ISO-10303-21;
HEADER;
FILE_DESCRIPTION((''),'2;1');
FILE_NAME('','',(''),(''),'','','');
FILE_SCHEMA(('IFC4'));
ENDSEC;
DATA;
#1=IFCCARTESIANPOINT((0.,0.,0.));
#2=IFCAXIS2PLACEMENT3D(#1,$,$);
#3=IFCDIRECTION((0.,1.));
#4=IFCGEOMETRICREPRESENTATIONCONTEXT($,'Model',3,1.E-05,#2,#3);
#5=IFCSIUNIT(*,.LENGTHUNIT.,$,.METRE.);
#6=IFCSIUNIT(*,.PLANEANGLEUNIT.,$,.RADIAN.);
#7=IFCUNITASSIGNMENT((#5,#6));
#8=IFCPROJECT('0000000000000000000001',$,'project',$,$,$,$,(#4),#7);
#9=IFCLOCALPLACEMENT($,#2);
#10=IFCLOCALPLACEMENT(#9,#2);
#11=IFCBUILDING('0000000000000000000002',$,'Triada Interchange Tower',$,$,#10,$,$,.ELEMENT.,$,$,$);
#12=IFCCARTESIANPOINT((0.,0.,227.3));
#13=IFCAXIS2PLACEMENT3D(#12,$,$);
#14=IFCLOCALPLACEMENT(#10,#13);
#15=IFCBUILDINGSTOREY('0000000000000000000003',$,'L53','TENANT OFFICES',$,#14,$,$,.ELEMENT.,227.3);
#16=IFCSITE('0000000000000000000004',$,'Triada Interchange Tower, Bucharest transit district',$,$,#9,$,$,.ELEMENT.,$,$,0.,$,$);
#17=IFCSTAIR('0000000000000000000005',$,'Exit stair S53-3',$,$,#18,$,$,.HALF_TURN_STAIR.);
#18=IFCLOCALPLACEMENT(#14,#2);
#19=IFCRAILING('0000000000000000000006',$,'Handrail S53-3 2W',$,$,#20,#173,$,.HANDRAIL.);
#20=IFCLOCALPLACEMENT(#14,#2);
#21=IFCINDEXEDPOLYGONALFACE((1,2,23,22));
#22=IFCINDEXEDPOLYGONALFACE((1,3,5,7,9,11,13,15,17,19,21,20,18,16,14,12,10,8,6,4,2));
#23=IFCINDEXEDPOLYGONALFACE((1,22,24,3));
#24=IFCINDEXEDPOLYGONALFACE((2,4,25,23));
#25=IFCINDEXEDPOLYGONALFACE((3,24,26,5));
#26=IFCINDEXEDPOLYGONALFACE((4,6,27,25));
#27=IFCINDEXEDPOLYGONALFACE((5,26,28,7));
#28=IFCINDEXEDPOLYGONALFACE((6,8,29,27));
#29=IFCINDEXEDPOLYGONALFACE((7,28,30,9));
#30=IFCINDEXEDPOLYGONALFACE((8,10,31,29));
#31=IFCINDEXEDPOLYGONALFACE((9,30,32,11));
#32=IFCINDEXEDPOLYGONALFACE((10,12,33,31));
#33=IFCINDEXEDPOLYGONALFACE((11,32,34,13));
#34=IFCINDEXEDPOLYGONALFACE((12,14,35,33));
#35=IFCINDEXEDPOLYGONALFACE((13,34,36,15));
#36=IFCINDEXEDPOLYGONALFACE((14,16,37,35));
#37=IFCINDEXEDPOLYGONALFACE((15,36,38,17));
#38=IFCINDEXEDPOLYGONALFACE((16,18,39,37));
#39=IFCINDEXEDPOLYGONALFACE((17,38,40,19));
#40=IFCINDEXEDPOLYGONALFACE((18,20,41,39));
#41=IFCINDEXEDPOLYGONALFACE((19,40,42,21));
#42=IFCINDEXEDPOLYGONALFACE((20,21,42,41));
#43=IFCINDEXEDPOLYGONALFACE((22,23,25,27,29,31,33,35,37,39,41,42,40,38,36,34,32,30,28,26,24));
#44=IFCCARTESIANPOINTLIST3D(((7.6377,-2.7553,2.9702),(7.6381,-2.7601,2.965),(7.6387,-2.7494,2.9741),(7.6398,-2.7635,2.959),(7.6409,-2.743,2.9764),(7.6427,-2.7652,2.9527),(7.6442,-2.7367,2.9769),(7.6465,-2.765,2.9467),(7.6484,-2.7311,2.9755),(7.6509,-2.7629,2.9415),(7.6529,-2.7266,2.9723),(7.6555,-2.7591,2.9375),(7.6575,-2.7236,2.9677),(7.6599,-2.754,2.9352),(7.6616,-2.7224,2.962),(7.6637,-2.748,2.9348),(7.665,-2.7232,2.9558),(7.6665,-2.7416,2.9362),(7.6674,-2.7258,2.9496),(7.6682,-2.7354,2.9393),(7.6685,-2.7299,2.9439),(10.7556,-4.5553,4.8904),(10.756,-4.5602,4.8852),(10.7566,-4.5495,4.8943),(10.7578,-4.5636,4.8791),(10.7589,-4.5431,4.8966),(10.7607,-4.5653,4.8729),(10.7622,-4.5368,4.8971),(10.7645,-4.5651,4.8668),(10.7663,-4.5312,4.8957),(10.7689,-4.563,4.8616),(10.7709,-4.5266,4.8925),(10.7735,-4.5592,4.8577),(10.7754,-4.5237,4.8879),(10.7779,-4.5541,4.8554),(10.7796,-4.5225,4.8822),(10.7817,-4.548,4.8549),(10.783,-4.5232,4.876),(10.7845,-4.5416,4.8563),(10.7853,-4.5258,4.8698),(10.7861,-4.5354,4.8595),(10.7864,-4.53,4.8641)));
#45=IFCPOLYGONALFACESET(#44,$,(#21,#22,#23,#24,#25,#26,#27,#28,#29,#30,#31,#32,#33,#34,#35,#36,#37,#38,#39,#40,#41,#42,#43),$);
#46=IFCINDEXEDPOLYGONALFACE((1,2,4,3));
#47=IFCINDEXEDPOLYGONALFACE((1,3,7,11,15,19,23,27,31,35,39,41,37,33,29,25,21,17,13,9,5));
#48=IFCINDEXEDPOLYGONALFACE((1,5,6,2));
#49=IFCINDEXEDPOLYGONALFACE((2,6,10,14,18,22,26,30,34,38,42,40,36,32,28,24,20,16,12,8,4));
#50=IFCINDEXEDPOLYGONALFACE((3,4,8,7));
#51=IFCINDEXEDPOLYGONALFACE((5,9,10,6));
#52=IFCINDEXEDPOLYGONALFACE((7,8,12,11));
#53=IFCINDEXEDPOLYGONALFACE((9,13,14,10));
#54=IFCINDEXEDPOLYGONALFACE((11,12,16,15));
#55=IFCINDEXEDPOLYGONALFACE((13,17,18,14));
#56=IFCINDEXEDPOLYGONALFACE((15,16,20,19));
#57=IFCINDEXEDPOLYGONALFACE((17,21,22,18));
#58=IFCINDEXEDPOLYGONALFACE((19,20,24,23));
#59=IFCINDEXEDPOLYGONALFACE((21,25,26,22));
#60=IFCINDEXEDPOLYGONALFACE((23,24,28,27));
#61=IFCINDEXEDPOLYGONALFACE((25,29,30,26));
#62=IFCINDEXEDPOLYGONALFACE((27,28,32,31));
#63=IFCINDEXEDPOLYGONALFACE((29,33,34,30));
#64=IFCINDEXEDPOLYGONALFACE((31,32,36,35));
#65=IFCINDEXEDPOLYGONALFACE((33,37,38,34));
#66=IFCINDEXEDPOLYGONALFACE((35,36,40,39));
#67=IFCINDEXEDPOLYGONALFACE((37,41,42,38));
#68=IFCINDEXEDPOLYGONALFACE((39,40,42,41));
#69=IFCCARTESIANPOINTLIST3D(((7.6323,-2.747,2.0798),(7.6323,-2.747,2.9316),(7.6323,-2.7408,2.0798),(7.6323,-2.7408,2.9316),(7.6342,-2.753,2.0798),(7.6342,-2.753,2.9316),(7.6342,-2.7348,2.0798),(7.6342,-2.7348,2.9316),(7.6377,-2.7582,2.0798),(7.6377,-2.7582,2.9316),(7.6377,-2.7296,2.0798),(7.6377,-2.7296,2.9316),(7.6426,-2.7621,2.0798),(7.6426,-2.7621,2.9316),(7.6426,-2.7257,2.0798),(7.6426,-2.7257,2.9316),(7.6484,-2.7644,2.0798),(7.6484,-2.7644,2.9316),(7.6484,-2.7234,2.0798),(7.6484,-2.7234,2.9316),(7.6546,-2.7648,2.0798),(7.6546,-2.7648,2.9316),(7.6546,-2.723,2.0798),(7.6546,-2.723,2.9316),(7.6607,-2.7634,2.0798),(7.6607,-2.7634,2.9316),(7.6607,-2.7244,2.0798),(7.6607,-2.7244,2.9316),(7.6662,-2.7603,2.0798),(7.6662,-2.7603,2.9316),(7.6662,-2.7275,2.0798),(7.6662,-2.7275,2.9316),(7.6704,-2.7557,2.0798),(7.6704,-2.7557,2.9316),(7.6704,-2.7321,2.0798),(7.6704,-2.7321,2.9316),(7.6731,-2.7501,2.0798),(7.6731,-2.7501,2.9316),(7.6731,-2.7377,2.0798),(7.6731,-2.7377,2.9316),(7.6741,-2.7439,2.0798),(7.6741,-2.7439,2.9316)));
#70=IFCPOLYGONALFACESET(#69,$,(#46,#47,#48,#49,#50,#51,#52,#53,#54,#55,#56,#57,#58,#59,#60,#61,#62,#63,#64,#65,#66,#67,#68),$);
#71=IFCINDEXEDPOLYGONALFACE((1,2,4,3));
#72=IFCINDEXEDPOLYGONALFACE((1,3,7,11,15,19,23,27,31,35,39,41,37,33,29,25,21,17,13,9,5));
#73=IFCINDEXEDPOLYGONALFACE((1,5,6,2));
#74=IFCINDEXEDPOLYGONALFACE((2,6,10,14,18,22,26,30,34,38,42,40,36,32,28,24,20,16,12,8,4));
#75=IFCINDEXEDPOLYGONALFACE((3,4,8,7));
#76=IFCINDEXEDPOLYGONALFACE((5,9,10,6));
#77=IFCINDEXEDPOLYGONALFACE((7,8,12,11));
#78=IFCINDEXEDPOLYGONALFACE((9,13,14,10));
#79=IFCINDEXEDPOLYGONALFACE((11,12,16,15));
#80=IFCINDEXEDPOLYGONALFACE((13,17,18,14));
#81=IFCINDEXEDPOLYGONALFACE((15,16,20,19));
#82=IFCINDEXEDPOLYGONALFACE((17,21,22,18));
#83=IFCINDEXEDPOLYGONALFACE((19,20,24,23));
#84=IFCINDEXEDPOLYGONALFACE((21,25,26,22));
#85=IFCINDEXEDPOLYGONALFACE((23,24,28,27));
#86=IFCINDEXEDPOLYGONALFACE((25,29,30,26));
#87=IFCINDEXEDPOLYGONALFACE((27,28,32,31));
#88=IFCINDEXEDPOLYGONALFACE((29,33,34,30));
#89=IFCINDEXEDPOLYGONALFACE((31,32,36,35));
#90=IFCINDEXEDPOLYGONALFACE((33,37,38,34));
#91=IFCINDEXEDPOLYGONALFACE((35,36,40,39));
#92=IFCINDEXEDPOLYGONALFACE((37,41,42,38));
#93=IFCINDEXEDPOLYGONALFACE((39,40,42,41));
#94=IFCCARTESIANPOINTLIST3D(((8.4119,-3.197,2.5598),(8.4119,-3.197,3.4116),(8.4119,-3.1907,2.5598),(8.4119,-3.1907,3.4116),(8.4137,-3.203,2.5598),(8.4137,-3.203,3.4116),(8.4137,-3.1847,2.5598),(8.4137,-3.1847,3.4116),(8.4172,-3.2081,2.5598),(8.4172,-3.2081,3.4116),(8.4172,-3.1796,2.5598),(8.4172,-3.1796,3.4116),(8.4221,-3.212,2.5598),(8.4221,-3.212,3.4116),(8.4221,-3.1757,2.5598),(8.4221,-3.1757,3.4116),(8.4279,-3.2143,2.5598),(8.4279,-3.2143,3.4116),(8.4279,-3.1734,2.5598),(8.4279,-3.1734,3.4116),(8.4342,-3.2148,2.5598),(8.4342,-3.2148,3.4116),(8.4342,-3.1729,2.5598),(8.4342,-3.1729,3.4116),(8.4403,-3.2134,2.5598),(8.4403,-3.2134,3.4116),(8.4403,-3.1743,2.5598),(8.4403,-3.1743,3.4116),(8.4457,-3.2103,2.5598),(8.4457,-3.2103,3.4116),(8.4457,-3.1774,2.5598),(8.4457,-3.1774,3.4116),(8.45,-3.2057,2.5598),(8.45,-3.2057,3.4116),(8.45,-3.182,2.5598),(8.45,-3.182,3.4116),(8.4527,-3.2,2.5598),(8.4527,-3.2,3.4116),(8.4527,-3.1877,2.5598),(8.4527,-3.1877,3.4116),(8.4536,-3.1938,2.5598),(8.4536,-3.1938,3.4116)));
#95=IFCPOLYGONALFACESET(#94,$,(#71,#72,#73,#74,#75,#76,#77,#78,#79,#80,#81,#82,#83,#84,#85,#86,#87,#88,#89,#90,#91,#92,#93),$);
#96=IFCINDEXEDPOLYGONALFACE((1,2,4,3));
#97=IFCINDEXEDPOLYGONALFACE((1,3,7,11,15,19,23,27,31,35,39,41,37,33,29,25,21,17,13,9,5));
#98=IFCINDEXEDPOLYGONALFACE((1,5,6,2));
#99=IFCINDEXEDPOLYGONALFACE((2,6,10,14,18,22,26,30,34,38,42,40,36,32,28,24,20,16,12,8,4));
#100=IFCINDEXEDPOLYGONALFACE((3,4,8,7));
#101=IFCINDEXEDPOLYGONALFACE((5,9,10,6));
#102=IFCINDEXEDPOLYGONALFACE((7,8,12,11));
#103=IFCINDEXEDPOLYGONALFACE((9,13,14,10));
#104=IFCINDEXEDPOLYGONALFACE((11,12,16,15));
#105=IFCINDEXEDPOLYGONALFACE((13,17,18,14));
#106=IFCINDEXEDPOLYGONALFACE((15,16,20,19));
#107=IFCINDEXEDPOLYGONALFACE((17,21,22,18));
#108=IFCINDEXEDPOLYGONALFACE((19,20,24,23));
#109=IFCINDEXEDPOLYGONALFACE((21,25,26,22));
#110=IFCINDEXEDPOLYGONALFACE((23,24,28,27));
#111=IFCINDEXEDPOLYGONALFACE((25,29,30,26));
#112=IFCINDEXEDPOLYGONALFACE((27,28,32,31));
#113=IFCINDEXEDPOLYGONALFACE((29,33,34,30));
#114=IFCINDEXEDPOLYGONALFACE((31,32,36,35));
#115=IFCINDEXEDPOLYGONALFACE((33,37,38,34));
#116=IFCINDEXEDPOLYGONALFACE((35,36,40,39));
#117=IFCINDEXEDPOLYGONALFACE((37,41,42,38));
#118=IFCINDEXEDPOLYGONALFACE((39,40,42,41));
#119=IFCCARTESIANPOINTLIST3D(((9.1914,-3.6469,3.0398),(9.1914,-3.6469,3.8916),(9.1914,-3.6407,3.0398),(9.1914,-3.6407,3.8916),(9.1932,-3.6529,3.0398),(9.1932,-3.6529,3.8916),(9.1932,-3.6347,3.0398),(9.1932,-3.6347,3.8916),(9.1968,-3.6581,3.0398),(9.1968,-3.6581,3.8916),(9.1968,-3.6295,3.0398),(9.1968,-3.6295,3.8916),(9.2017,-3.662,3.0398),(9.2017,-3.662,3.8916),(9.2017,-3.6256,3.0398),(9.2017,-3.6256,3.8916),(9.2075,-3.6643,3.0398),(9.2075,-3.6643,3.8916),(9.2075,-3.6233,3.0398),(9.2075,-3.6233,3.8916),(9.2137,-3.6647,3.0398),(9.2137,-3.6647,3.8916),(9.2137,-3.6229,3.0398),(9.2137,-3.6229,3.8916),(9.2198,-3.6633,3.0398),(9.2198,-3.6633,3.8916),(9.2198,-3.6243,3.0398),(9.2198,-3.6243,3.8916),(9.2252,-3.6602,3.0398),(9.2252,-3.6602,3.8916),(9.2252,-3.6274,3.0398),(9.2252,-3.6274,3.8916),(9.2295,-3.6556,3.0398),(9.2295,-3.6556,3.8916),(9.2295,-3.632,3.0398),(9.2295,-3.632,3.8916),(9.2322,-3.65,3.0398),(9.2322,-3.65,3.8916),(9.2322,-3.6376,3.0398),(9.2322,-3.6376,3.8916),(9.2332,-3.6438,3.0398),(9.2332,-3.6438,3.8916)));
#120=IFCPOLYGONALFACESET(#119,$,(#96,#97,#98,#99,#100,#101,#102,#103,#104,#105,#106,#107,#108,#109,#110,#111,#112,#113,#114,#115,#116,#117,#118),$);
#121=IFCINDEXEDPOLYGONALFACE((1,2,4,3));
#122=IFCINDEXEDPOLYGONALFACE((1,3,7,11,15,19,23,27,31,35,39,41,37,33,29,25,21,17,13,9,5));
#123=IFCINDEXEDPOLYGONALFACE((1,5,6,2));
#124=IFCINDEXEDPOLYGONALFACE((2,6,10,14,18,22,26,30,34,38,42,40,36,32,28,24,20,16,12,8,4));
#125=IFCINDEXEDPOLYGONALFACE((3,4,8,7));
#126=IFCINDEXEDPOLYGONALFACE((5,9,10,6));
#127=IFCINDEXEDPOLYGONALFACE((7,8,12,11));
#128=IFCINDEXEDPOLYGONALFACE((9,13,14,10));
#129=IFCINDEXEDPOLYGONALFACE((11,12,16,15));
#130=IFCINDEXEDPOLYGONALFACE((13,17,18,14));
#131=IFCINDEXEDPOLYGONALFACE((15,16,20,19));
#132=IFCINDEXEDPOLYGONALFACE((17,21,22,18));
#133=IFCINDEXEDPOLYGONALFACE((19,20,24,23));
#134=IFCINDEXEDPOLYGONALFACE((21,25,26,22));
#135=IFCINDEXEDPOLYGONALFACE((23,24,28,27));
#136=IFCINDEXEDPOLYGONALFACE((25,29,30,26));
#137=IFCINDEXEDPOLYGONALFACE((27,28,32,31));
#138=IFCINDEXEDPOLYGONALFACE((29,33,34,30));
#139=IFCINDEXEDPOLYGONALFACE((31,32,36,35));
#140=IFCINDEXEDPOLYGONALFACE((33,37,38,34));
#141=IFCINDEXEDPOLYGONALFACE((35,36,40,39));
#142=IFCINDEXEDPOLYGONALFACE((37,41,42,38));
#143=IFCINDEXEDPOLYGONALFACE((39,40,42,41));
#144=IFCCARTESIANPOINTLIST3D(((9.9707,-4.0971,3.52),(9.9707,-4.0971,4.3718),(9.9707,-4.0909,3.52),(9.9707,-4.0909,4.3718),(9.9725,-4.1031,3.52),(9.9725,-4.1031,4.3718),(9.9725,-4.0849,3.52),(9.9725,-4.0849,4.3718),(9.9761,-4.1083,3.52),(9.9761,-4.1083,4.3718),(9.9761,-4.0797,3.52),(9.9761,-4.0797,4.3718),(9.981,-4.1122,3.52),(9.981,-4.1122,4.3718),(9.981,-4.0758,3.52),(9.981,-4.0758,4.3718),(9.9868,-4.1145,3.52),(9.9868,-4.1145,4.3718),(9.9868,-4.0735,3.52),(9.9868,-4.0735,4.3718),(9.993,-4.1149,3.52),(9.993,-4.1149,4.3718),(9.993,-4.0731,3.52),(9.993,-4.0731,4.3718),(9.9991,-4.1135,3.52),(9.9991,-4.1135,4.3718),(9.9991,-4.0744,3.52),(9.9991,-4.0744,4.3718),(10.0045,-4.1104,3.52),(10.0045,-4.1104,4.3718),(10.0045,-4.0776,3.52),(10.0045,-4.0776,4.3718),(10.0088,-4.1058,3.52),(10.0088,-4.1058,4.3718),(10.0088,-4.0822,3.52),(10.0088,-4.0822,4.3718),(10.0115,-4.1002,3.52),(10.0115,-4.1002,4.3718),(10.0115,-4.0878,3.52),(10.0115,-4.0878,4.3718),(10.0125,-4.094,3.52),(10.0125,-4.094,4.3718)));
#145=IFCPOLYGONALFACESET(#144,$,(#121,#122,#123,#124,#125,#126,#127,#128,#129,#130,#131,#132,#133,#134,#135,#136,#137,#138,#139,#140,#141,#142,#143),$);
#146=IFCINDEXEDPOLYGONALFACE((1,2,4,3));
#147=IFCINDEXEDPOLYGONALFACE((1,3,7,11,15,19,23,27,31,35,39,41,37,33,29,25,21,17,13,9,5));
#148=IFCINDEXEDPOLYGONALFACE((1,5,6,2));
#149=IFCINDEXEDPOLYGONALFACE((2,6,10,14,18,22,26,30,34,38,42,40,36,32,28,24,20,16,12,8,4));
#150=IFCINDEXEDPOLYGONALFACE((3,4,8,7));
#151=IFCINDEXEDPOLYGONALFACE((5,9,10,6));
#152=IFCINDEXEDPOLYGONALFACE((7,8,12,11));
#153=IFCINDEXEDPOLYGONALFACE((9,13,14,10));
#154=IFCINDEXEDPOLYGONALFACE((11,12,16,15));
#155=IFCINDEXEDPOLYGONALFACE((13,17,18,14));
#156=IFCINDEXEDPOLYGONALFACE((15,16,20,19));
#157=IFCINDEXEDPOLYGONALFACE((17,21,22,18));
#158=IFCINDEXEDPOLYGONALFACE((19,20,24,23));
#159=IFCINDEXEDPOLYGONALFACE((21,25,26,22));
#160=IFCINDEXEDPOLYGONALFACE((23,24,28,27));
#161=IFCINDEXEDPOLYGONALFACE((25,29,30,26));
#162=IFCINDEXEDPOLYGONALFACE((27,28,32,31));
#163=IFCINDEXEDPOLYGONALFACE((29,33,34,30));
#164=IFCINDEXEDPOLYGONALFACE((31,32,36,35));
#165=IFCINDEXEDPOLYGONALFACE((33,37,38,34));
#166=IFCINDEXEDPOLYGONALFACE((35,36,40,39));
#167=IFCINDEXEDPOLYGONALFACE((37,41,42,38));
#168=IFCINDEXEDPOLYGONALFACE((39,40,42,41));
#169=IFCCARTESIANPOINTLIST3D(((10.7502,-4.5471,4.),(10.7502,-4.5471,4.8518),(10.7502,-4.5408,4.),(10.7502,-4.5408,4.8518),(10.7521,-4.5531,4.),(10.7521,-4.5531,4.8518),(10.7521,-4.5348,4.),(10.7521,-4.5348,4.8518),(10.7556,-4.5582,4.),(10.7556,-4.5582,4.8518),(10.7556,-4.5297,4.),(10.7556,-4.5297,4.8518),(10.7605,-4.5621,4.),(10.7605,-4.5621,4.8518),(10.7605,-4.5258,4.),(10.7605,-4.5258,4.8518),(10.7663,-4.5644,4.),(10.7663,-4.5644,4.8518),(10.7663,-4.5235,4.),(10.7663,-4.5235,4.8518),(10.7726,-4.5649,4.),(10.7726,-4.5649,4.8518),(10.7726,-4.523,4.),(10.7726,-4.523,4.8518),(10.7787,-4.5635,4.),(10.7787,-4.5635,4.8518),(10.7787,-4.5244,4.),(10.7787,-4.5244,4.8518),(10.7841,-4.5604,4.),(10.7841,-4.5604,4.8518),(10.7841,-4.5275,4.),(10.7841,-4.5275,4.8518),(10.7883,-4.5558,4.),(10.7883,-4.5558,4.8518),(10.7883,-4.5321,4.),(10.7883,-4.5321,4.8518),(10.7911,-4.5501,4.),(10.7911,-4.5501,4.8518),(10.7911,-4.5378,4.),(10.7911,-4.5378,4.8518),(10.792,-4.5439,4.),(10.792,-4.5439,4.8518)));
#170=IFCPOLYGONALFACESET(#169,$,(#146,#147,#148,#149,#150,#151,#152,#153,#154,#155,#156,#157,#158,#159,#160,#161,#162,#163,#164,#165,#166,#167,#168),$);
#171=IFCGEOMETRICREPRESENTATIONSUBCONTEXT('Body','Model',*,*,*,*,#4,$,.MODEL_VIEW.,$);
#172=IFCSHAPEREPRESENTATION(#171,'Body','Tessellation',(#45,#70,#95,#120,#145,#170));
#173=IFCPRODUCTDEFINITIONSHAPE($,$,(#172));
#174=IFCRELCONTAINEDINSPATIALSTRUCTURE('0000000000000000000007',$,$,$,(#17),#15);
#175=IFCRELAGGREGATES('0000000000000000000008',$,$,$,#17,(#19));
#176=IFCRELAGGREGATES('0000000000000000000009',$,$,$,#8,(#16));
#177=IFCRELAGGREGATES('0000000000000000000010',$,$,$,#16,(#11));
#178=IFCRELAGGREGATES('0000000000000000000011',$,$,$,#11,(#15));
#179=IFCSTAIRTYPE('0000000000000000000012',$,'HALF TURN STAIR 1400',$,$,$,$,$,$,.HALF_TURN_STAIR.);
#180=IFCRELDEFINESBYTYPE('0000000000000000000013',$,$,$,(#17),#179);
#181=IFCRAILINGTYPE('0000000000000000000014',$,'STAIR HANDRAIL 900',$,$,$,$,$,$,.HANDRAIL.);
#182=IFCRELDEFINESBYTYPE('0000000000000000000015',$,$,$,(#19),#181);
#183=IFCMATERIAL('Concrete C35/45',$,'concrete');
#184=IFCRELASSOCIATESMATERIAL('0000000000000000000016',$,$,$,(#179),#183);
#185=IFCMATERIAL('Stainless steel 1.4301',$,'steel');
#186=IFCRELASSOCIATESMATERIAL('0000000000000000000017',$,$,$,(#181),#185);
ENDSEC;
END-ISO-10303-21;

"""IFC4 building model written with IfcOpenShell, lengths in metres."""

from ifc_helpers import new_model, si_unit, direction, frame, origin, origin_2d, place, context, subcontext, project, spatial, circle, extrude, material, type_object, element, aggregate, save


model = new_model("IFC4")

# Units and contexts
model_context = context("Model", 3, precision=1e-05, world=origin(), true_north=direction((0.0, 1.0)))
body_context = subcontext(model_context, "Body", "Model", "MODEL_VIEW")
ifc_project = project(units=[si_unit("LENGTHUNIT", "METRE"), si_unit("PLANEANGLEUNIT", "RADIAN")], contexts=[model_context])

# Site, building, storey
site_placement = place(None, origin())
site = spatial("IfcSite", under=ifc_project, at=site_placement, Name="Triada Interchange Tower, Bucharest transit district", CompositionType="ELEMENT", RefElevation=0.0)
building_placement = place(site_placement, origin())
building = spatial("IfcBuilding", under=site, at=building_placement, Name="Triada Interchange Tower", CompositionType="ELEMENT")
storey_placement = place(building_placement, frame((0.0, 0.0, 227.3)))
storey = spatial("IfcBuildingStorey", under=building, at=storey_placement, Name="L53", Description="TENANT OFFICES", CompositionType="ELEMENT", Elevation=227.3)

# Stair, railing
ifc_material_1 = material(Name="Concrete C35/45", Category="concrete")
stair_type = type_object("IfcStairType", Name="HALF TURN STAIR 1400", PredefinedType="HALF_TURN_STAIR", material=ifc_material_1)
stair_placement = place(storey_placement, origin())
stair = element("IfcStair", 1, at=stair_placement, inside=storey, type_object=stair_type, Name="Exit stair S53-3", PredefinedType="HALF_TURN_STAIR")
ifc_material_2 = material(Name="Stainless steel 1.4301", Category="steel")
railing_type = type_object("IfcRailingType", Name="STAIR HANDRAIL 900", PredefinedType="HANDRAIL", material=ifc_material_2)
railing_1_placement = place(storey_placement, frame((7.6531, -2.7439, 2.0798)))
railing_1 = element("IfcRailing", 2, at=railing_1_placement, type_object=railing_type, Name="Handrail S53-3 2W", PredefinedType="HANDRAIL", context=body_context, shape_type="SweptSolid", body=[
    extrude(circle(Radius=0.0239, at=origin_2d()), frame((0.0, 0.0, 0.876), z_axis=(0.764145, -0.441159, 0.470597), x_axis=(0.499983, 0.866035, 0.0)), (0.0, 0.0, 1.0), 4.0803),
    extrude(circle(Radius=0.021, at=origin_2d()), origin(), (0.0, 0.0, 1.0), 0.8518),
    extrude(circle(Radius=0.021, at=origin_2d()), frame((0.7795, -0.45, 0.48)), (0.0, 0.0, 1.0), 0.8518),
    extrude(circle(Radius=0.021, at=origin_2d()), frame((1.5591, -0.8999, 0.96)), (0.0, 0.0, 1.0), 0.8518),
    extrude(circle(Radius=0.021, at=origin_2d()), frame((2.3384, -1.3501, 1.4402)), (0.0, 0.0, 1.0), 0.8518),
    extrude(circle(Radius=0.021, at=origin_2d()), frame((3.1179, -1.8, 1.9202)), (0.0, 0.0, 1.0), 0.8518),
])
aggregate(stair, [railing_1])

save(model, "model.ifc")
